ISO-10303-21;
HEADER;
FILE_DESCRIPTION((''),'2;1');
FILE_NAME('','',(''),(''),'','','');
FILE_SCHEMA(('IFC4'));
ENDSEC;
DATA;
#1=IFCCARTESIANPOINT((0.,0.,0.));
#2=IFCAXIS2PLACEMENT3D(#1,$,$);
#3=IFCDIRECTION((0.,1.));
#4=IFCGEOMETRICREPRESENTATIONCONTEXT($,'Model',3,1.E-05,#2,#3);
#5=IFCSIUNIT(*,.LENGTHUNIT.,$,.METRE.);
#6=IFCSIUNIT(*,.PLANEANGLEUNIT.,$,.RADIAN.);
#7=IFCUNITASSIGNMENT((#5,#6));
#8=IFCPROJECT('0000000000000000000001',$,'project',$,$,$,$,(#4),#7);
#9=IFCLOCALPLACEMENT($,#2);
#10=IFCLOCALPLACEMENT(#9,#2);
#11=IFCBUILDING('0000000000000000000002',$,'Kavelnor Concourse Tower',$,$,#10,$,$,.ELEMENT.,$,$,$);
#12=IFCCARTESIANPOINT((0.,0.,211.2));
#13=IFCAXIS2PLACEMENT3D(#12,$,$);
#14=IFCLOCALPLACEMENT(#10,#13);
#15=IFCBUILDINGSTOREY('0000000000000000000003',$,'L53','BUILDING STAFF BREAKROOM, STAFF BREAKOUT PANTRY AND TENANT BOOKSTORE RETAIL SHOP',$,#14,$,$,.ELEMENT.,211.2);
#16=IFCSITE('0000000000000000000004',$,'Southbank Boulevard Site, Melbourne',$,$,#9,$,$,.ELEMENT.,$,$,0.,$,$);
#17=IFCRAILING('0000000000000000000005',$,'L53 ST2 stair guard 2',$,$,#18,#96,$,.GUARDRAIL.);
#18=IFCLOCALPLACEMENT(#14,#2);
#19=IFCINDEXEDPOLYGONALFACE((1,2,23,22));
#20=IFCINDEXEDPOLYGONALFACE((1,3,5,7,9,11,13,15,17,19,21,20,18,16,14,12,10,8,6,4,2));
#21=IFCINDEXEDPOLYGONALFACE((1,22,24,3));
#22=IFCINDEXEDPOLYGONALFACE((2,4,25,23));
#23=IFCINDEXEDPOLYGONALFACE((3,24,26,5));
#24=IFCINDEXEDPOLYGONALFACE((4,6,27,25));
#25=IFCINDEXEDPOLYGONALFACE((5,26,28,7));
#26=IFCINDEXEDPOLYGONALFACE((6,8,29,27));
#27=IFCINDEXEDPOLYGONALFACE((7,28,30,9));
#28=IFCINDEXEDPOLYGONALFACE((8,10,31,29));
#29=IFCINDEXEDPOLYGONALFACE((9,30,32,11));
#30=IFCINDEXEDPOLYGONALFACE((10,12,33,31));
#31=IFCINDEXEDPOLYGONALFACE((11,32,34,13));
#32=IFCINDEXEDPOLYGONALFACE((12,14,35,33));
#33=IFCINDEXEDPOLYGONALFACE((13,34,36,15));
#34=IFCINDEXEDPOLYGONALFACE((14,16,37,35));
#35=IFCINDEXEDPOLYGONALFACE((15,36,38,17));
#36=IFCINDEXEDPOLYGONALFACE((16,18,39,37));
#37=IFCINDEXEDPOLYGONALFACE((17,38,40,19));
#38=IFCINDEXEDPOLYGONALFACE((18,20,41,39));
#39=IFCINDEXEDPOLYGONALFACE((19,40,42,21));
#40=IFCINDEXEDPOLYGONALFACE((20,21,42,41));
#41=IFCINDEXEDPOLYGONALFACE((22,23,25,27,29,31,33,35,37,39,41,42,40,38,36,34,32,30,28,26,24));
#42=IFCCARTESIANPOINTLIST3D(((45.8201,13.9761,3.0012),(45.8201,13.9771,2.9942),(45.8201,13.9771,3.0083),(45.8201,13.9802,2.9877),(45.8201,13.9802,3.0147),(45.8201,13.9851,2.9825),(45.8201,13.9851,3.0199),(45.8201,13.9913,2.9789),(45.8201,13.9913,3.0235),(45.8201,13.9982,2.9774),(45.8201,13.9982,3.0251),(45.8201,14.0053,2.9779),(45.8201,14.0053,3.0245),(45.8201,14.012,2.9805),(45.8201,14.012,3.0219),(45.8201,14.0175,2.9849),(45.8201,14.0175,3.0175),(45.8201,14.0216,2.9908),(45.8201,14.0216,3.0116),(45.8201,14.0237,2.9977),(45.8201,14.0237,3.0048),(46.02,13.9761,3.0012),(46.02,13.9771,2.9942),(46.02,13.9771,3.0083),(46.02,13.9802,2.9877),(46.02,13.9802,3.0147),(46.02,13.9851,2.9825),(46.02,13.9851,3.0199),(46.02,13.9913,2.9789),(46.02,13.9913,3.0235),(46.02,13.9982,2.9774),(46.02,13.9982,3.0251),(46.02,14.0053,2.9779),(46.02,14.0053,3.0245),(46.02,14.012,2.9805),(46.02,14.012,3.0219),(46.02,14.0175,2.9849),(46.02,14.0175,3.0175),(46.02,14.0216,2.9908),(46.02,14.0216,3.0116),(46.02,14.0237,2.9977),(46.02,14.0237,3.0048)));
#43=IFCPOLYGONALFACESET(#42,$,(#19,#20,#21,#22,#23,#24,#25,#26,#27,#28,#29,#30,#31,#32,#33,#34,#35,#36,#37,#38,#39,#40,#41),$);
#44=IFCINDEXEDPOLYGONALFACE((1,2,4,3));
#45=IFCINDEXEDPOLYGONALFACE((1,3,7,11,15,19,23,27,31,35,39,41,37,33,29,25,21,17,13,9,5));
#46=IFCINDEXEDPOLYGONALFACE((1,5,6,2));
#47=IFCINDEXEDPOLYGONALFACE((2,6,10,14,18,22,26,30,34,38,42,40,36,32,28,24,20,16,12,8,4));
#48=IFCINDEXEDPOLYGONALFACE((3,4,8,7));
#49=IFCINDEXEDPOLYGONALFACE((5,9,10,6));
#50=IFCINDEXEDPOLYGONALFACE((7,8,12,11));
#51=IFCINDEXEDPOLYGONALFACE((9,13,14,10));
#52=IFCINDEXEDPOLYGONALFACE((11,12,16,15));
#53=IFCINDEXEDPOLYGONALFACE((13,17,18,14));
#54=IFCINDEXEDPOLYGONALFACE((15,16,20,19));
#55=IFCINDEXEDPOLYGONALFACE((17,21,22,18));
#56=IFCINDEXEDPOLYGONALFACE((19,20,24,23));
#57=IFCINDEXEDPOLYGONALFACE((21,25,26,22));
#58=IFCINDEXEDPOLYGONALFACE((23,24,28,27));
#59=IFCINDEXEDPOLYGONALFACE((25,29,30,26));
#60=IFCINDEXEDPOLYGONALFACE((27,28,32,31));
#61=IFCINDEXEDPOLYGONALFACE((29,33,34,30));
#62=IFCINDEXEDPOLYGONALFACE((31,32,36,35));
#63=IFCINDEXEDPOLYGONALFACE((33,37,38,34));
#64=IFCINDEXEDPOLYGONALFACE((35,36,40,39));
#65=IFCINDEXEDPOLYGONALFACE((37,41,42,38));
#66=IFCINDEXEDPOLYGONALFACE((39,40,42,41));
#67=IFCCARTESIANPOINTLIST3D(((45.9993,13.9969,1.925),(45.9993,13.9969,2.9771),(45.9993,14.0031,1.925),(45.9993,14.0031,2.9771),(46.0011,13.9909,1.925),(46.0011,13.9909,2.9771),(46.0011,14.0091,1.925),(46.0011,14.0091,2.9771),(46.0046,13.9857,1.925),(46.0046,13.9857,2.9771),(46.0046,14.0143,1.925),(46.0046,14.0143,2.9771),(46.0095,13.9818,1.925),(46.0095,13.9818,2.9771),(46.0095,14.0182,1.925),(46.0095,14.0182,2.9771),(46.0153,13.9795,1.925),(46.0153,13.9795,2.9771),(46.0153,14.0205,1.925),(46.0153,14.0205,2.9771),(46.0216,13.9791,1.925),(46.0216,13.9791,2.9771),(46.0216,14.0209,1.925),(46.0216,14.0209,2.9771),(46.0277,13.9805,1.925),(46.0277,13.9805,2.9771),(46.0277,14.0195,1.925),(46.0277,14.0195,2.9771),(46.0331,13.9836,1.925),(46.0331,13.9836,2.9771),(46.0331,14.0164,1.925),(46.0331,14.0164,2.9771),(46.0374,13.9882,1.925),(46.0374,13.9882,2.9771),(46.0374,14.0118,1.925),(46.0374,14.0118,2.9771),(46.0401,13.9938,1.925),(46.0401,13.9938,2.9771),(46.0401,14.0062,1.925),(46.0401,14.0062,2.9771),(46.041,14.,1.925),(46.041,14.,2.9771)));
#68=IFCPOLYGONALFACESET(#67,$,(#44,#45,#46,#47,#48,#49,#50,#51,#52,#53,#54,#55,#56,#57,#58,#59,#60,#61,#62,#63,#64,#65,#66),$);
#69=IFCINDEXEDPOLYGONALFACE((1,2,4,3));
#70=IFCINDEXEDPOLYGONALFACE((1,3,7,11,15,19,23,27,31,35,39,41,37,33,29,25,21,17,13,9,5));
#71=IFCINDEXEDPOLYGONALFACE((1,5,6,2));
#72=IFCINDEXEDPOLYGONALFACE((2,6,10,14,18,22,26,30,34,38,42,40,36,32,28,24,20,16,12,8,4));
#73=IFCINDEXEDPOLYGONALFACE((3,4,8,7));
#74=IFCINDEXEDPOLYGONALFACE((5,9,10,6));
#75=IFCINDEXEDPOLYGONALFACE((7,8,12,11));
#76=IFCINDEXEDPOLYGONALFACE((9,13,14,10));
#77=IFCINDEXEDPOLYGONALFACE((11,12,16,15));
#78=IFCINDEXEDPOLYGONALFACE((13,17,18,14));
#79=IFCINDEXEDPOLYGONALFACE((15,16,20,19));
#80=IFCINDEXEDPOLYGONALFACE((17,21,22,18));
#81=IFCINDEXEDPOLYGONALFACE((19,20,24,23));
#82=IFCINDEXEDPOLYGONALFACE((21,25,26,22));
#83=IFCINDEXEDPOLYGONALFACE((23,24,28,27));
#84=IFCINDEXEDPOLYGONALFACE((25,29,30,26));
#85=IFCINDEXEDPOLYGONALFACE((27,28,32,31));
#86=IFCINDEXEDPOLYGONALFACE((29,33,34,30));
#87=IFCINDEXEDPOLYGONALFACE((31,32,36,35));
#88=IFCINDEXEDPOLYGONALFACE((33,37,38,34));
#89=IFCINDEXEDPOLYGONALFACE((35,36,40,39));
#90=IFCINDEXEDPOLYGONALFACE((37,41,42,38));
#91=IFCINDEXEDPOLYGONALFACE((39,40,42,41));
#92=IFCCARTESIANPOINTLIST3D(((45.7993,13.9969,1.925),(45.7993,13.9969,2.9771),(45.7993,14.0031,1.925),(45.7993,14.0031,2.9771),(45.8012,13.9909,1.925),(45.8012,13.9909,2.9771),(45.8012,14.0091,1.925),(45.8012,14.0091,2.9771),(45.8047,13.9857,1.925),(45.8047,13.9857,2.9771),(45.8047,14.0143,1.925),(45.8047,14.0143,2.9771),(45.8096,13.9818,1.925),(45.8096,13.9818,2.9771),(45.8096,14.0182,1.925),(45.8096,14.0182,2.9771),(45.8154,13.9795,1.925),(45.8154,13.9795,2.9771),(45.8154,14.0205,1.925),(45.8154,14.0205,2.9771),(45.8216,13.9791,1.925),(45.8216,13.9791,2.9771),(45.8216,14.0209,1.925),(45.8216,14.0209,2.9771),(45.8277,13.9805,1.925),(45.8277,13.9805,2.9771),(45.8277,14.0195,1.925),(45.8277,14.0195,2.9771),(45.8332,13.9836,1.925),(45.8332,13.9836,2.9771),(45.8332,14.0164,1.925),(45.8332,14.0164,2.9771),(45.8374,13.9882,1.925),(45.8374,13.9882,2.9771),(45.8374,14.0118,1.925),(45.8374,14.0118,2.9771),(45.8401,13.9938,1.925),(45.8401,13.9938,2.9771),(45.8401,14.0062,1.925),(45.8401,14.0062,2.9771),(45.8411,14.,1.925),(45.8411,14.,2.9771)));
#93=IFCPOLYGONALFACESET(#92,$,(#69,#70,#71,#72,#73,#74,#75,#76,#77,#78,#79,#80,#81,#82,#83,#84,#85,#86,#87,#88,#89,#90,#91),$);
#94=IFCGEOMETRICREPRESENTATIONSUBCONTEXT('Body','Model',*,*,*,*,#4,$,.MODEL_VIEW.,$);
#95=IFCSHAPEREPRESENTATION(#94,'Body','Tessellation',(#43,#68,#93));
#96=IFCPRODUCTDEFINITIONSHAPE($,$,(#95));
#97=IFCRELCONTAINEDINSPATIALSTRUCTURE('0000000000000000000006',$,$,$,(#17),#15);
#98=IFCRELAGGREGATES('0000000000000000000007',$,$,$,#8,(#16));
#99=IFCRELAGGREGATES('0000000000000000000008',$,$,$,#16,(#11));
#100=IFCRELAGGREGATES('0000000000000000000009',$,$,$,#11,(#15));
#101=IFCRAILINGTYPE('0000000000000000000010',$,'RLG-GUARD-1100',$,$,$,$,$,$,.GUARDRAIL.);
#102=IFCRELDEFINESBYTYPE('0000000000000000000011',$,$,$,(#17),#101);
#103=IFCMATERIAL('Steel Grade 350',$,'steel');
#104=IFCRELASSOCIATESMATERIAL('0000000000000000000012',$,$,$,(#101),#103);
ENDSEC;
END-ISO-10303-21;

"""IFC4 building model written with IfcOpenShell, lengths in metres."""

from ifc_helpers import new_model, si_unit, direction, frame, origin, origin_2d, place, context, subcontext, project, spatial, circle, extrude, material, type_object, element, save


model = new_model("IFC4")

# Units and contexts
model_context = context("Model", 3, precision=1e-05, world=origin(), true_north=direction((0.0, 1.0)))
body_context = subcontext(model_context, "Body", "Model", "MODEL_VIEW")
ifc_project = project(units=[si_unit("LENGTHUNIT", "METRE"), si_unit("PLANEANGLEUNIT", "RADIAN")], contexts=[model_context])

# Site, building, storey
site_placement = place(None, origin())
site = spatial("IfcSite", under=ifc_project, at=site_placement, Name="Southbank Boulevard Site, Melbourne", CompositionType="ELEMENT", RefElevation=0.0)
building_placement = place(site_placement, origin())
building = spatial("IfcBuilding", under=site, at=building_placement, Name="Kavelnor Concourse Tower", CompositionType="ELEMENT")
storey_placement = place(building_placement, frame((0.0, 0.0, 211.2)))
storey = spatial("IfcBuildingStorey", under=building, at=storey_placement, Name="L53", Description="BUILDING STAFF BREAKROOM, STAFF BREAKOUT PANTRY AND TENANT BOOKSTORE RETAIL SHOP", CompositionType="ELEMENT", Elevation=211.2)

# Shared definitions
ifc_material_1 = material(Name="Steel Grade 350", Category="steel")

# Railing
railing_type_1 = type_object("IfcRailingType", Name="RLG-GUARD-1100", PredefinedType="GUARDRAIL", material=ifc_material_1)
railing_1_placement = place(storey_placement, frame((46.02, 14.0, 1.925)))
element("IfcRailing", 1, at=railing_1_placement, inside=storey, type_object=railing_type_1, Name="L53 ST2 stair guard 2", PredefinedType="GUARDRAIL", context=body_context, shape_type="SweptSolid", body=[
    extrude(circle(Radius=0.0239, at=origin_2d()), frame((0.0, 0.0, 1.0762), z_axis=(-1.0, 0.0, 0.0), x_axis=(0.0, -1.0, 0.0)), (0.0, 0.0, 1.0), 0.2),
    extrude(circle(Radius=0.021, at=origin_2d()), origin(), (0.0, 0.0, 1.0), 1.052),
    extrude(circle(Radius=0.021, at=origin_2d()), frame((-0.2, 0.0, 0.0)), (0.0, 0.0, 1.0), 1.052),
])

save(model, "model.ifc")
